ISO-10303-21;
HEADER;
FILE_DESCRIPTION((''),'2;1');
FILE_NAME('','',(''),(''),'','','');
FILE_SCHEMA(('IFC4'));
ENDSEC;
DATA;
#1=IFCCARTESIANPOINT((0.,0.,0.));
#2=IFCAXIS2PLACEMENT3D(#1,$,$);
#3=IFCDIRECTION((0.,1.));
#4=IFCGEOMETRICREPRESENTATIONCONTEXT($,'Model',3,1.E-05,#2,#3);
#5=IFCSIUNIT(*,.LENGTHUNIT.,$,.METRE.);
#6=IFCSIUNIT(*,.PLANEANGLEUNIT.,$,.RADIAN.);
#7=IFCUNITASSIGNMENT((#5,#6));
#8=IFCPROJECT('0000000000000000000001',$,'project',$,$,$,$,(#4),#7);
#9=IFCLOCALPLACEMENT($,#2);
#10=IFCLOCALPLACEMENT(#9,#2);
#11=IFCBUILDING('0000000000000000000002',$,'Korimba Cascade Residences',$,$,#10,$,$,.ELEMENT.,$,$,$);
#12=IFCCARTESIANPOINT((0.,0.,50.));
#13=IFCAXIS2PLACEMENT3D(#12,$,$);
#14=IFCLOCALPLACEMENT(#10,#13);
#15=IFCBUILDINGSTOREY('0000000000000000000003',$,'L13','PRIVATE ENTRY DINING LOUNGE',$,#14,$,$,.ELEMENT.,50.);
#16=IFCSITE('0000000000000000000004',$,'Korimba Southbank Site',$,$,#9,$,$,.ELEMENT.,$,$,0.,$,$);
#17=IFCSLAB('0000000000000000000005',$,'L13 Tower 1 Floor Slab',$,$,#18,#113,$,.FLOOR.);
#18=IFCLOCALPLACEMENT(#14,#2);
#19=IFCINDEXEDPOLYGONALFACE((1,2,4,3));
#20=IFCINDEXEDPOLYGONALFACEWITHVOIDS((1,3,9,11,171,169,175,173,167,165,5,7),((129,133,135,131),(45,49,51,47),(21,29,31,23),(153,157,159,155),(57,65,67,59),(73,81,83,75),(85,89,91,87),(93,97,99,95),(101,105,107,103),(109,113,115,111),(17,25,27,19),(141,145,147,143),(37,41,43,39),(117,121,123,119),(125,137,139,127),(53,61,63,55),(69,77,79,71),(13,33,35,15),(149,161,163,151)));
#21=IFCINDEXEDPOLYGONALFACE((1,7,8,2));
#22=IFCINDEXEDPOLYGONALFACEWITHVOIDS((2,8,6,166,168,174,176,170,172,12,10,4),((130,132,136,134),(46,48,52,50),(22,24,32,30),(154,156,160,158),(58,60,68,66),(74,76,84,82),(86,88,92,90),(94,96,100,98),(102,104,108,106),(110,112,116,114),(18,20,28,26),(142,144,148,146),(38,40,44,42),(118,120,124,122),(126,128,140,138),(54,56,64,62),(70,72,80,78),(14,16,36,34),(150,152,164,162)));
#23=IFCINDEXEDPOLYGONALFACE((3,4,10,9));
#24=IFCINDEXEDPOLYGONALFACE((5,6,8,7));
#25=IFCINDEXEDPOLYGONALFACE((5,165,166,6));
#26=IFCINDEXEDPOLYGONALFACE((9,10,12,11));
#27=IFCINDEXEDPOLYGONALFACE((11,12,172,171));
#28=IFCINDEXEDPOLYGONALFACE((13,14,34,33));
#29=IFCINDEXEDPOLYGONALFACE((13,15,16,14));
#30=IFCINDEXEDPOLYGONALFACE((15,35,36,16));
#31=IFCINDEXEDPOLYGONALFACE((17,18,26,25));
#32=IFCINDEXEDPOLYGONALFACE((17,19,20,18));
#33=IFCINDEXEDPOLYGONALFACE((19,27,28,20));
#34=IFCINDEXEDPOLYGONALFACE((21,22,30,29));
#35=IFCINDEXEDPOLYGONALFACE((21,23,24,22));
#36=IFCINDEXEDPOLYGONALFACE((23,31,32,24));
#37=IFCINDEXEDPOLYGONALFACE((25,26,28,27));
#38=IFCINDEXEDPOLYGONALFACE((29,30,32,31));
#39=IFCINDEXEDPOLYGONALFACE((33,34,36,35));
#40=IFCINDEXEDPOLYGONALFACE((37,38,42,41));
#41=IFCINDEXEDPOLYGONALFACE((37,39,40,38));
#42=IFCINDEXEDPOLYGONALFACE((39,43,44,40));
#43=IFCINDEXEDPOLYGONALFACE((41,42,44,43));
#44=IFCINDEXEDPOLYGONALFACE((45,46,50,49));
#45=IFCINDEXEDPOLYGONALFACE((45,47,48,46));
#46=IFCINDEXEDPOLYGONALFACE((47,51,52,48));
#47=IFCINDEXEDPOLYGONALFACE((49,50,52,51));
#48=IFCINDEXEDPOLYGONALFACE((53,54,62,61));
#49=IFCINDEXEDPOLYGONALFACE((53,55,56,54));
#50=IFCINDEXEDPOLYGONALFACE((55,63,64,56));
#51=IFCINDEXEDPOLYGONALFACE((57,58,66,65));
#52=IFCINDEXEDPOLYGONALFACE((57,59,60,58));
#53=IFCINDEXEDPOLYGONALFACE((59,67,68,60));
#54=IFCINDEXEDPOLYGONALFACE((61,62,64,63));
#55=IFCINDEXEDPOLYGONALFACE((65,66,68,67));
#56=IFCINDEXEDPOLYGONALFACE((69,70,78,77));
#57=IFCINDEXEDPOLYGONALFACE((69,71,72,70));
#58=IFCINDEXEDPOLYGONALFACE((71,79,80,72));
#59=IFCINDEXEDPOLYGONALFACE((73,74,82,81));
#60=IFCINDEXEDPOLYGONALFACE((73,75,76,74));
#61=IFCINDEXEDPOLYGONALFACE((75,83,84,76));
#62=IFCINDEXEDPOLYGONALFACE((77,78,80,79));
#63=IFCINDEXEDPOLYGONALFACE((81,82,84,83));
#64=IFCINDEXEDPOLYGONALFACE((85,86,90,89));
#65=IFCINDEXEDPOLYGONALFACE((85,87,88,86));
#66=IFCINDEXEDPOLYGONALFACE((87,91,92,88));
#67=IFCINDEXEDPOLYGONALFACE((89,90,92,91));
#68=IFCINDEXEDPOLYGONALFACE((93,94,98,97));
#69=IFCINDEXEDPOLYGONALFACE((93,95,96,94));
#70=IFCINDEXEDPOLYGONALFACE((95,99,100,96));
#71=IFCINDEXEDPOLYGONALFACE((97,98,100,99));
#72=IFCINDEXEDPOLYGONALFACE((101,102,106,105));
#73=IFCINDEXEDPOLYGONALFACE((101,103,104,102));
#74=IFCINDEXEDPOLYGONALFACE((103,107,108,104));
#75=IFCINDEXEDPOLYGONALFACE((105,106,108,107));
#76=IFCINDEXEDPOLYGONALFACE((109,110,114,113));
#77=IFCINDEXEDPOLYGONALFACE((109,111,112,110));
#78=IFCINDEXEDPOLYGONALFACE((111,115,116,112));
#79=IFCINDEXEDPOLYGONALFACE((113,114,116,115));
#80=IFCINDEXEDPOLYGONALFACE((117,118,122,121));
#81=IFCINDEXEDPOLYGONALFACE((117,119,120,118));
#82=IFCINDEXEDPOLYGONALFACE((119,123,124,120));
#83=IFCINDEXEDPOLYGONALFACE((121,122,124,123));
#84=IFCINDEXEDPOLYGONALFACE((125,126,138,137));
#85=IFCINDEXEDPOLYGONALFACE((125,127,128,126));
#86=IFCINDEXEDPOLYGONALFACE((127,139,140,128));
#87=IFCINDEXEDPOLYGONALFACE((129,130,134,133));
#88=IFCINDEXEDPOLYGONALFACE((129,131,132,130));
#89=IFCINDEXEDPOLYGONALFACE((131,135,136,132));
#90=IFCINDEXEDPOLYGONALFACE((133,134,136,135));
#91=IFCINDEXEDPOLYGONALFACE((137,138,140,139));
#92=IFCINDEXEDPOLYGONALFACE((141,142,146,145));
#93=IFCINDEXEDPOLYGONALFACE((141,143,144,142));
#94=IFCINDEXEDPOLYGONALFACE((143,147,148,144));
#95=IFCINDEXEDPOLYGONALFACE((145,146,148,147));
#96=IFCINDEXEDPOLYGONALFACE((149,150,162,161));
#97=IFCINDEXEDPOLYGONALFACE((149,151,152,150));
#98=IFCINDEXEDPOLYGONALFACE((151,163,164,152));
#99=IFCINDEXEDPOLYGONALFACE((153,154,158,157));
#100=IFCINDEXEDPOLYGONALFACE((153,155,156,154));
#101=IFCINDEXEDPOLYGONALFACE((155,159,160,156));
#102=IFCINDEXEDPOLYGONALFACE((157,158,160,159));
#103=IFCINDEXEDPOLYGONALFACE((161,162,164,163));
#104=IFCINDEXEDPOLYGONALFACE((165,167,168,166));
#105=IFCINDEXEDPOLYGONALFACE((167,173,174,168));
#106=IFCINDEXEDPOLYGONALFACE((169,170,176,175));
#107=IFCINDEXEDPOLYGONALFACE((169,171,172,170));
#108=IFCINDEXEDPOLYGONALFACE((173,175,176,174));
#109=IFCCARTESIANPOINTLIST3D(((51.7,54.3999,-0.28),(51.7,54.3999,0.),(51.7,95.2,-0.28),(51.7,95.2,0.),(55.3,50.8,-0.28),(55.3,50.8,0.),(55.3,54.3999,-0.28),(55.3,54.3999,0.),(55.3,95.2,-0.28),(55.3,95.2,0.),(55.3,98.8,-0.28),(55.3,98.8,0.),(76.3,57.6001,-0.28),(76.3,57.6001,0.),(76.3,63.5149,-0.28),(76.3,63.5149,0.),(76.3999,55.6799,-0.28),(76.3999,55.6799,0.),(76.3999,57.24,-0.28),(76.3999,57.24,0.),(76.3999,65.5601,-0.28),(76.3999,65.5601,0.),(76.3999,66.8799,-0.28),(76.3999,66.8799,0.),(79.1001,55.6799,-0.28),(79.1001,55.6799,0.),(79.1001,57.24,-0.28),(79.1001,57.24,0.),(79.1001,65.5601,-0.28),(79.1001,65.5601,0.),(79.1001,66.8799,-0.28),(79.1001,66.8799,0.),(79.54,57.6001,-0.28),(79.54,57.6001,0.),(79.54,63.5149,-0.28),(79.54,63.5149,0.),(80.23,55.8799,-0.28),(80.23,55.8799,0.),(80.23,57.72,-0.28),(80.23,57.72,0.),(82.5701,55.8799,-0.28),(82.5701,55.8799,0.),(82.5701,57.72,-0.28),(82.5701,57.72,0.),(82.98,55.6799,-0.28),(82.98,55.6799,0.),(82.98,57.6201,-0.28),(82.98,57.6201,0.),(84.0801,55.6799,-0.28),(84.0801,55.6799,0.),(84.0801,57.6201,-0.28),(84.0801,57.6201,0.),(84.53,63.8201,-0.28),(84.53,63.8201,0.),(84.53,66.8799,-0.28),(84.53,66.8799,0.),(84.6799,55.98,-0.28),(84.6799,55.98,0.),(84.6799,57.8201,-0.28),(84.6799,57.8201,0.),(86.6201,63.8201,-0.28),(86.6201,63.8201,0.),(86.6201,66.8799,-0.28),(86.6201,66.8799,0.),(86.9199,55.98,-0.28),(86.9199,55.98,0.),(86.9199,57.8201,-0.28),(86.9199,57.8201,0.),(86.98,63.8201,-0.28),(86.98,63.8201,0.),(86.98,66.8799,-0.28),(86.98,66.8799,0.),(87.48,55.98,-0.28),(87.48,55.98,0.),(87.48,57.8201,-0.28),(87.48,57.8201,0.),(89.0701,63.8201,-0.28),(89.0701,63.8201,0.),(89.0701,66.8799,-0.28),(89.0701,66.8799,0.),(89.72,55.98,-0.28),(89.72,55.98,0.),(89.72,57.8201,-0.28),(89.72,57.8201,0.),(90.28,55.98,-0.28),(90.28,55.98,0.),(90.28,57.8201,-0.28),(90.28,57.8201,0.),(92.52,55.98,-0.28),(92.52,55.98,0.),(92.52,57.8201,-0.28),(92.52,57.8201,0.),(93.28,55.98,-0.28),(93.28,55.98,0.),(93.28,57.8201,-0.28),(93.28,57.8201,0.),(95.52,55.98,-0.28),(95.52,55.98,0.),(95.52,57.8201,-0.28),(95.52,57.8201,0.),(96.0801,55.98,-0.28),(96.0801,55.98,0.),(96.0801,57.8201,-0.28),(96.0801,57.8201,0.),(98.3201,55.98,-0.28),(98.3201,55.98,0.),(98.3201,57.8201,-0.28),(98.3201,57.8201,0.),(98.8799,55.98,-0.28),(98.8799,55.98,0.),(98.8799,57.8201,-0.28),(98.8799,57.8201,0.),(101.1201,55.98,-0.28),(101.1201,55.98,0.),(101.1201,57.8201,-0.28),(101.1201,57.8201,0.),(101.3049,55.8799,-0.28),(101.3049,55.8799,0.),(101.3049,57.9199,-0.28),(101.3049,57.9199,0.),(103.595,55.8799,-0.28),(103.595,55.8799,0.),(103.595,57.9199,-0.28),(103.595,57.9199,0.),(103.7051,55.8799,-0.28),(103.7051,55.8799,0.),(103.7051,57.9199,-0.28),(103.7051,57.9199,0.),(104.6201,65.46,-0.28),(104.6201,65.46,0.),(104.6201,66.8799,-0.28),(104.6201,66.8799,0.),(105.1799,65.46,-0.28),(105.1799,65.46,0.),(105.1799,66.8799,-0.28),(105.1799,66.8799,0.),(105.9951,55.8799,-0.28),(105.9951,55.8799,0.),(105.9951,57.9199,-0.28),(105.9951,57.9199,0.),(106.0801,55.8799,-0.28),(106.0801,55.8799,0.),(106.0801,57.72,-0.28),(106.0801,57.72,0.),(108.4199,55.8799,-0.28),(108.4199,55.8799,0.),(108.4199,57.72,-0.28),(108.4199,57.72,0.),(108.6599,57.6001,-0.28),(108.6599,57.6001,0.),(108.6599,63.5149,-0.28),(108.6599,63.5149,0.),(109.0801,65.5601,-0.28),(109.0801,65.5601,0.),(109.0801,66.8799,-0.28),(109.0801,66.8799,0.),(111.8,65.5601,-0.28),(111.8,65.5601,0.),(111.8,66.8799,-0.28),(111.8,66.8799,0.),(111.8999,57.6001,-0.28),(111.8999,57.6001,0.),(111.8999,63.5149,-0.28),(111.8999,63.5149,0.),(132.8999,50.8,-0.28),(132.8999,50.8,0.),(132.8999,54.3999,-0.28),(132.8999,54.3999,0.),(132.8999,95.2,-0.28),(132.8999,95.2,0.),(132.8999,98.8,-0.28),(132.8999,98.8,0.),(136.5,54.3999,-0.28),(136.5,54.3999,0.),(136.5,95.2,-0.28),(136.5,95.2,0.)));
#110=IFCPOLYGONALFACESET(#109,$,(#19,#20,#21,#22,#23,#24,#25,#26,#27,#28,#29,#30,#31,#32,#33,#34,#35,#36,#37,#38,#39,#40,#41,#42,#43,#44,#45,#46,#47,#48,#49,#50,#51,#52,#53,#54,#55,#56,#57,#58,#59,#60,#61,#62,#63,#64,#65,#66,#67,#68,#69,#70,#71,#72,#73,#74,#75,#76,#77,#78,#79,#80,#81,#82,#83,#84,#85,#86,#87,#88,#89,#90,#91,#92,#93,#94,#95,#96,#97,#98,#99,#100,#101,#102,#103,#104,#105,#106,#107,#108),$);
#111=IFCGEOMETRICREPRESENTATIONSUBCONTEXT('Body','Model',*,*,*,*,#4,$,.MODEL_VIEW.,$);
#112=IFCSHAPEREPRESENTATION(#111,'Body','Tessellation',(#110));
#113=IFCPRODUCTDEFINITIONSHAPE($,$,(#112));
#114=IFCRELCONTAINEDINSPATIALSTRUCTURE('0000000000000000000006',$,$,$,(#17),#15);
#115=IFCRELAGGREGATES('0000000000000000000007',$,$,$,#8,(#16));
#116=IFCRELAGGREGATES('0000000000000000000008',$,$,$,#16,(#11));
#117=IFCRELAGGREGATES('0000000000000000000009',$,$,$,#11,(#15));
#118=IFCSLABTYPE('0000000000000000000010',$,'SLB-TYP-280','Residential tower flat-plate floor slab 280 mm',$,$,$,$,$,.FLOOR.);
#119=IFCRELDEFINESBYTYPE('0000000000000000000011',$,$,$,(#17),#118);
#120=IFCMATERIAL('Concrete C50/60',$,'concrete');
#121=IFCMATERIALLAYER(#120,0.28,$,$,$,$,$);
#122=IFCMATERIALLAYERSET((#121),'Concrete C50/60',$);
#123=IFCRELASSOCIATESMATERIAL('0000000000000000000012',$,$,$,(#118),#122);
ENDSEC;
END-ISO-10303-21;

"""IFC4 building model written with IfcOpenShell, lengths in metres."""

from ifc_helpers import new_model, si_unit, direction, frame, origin, place, context, subcontext, project, spatial, polyline, outline, extrude, material, layer, layer_set, type_object, element, save


model = new_model("IFC4")

# Units and contexts
model_context = context("Model", 3, precision=1e-05, world=origin(), true_north=direction((0.0, 1.0)))
body_context = subcontext(model_context, "Body", "Model", "MODEL_VIEW")
ifc_project = project(units=[si_unit("LENGTHUNIT", "METRE"), si_unit("PLANEANGLEUNIT", "RADIAN")], contexts=[model_context])

# Site, building, storey
site_placement = place(None, origin())
site = spatial("IfcSite", under=ifc_project, at=site_placement, Name="Korimba Southbank Site", CompositionType="ELEMENT", RefElevation=0.0)
building_placement = place(site_placement, origin())
building = spatial("IfcBuilding", under=site, at=building_placement, Name="Korimba Cascade Residences", CompositionType="ELEMENT")
storey_placement = place(building_placement, frame((0.0, 0.0, 50.0)))
storey = spatial("IfcBuildingStorey", under=building, at=storey_placement, Name="L13", Description="PRIVATE ENTRY DINING LOUNGE", CompositionType="ELEMENT", Elevation=50.0)

# Shared definitions
ifc_material_1 = material(Name="Concrete C50/60", Category="concrete")

# Slab
ifc_layer_1 = layer(ifc_material_1, 0.28)
ifc_layer_set_1 = layer_set([ifc_layer_1], Name="Concrete C50/60")
slab_type_1 = type_object("IfcSlabType", Name="SLB-TYP-280", Description="Residential tower flat-plate floor slab 280 mm", PredefinedType="FLOOR", material=ifc_layer_set_1)
slab_1_placement = place(storey_placement, frame((0.0, 0.0, -0.28)))
element("IfcSlab", 1, at=slab_1_placement, inside=storey, type_object=slab_type_1, Name="L13 Tower 1 Floor Slab", PredefinedType="FLOOR", context=body_context, shape_type="SweptSolid", body=[
    extrude(outline(polyline([(55.3, 50.8), (132.8999, 50.8), (132.8999, 54.3999), (136.5, 54.3999), (136.5, 95.2), (132.8999, 95.2), (132.8999, 98.8), (55.3, 98.8), (55.3, 95.2), (51.7, 95.2), (51.7, 54.3999), (55.3, 54.3999), (55.3, 50.8)]), holes=[polyline([(76.3, 63.5149), (76.3, 57.6001), (79.54, 57.6001), (79.54, 63.5149), (76.3, 63.5149)]), polyline([(108.6599, 63.5149), (108.6599, 57.6001), (111.8999, 57.6001), (111.8999, 63.5149), (108.6599, 63.5149)]), polyline([(80.23, 55.8799), (82.5701, 55.8799), (82.5701, 57.72), (80.23, 57.72), (80.23, 55.8799)]), polyline([(106.0801, 55.8799), (108.4199, 55.8799), (108.4199, 57.72), (106.0801, 57.72), (106.0801, 55.8799)]), polyline([(84.6799, 55.98), (86.9199, 55.98), (86.9199, 57.8201), (84.6799, 57.8201), (84.6799, 55.98)]), polyline([(87.48, 55.98), (89.72, 55.98), (89.72, 57.8201), (87.48, 57.8201), (87.48, 55.98)]), polyline([(90.28, 55.98), (92.52, 55.98), (92.52, 57.8201), (90.28, 57.8201), (90.28, 55.98)]), polyline([(93.28, 55.98), (95.52, 55.98), (95.52, 57.8201), (93.28, 57.8201), (93.28, 55.98)]), polyline([(96.0801, 55.98), (98.3201, 55.98), (98.3201, 57.8201), (96.0801, 57.8201), (96.0801, 55.98)]), polyline([(98.8799, 55.98), (101.1201, 55.98), (101.1201, 57.8201), (98.8799, 57.8201), (98.8799, 55.98)]), polyline([(101.3049, 55.8799), (103.595, 55.8799), (103.595, 57.9199), (101.3049, 57.9199), (101.3049, 55.8799)]), polyline([(103.7051, 55.8799), (105.9951, 55.8799), (105.9951, 57.9199), (103.7051, 57.9199), (103.7051, 55.8799)]), polyline([(82.98, 55.6799), (84.0801, 55.6799), (84.0801, 57.6201), (82.98, 57.6201), (82.98, 55.6799)]), polyline([(76.3999, 65.5601), (79.1001, 65.5601), (79.1001, 66.8799), (76.3999, 66.8799), (76.3999, 65.5601)]), polyline([(76.3999, 55.6799), (79.1001, 55.6799), (79.1001, 57.24), (76.3999, 57.24), (76.3999, 55.6799)]), polyline([(84.53, 63.8201), (86.6201, 63.8201), (86.6201, 66.8799), (84.53, 66.8799), (84.53, 63.8201)]), polyline([(86.98, 63.8201), (89.0701, 63.8201), (89.0701, 66.8799), (86.98, 66.8799), (86.98, 63.8201)]), polyline([(104.6201, 65.46), (105.1799, 65.46), (105.1799, 66.8799), (104.6201, 66.8799), (104.6201, 65.46)]), polyline([(109.0801, 65.5601), (111.8, 65.5601), (111.8, 66.8799), (109.0801, 66.8799), (109.0801, 65.5601)])]), origin(), (0.0, 0.0, 1.0), 0.28),
])

save(model, "model.ifc")
